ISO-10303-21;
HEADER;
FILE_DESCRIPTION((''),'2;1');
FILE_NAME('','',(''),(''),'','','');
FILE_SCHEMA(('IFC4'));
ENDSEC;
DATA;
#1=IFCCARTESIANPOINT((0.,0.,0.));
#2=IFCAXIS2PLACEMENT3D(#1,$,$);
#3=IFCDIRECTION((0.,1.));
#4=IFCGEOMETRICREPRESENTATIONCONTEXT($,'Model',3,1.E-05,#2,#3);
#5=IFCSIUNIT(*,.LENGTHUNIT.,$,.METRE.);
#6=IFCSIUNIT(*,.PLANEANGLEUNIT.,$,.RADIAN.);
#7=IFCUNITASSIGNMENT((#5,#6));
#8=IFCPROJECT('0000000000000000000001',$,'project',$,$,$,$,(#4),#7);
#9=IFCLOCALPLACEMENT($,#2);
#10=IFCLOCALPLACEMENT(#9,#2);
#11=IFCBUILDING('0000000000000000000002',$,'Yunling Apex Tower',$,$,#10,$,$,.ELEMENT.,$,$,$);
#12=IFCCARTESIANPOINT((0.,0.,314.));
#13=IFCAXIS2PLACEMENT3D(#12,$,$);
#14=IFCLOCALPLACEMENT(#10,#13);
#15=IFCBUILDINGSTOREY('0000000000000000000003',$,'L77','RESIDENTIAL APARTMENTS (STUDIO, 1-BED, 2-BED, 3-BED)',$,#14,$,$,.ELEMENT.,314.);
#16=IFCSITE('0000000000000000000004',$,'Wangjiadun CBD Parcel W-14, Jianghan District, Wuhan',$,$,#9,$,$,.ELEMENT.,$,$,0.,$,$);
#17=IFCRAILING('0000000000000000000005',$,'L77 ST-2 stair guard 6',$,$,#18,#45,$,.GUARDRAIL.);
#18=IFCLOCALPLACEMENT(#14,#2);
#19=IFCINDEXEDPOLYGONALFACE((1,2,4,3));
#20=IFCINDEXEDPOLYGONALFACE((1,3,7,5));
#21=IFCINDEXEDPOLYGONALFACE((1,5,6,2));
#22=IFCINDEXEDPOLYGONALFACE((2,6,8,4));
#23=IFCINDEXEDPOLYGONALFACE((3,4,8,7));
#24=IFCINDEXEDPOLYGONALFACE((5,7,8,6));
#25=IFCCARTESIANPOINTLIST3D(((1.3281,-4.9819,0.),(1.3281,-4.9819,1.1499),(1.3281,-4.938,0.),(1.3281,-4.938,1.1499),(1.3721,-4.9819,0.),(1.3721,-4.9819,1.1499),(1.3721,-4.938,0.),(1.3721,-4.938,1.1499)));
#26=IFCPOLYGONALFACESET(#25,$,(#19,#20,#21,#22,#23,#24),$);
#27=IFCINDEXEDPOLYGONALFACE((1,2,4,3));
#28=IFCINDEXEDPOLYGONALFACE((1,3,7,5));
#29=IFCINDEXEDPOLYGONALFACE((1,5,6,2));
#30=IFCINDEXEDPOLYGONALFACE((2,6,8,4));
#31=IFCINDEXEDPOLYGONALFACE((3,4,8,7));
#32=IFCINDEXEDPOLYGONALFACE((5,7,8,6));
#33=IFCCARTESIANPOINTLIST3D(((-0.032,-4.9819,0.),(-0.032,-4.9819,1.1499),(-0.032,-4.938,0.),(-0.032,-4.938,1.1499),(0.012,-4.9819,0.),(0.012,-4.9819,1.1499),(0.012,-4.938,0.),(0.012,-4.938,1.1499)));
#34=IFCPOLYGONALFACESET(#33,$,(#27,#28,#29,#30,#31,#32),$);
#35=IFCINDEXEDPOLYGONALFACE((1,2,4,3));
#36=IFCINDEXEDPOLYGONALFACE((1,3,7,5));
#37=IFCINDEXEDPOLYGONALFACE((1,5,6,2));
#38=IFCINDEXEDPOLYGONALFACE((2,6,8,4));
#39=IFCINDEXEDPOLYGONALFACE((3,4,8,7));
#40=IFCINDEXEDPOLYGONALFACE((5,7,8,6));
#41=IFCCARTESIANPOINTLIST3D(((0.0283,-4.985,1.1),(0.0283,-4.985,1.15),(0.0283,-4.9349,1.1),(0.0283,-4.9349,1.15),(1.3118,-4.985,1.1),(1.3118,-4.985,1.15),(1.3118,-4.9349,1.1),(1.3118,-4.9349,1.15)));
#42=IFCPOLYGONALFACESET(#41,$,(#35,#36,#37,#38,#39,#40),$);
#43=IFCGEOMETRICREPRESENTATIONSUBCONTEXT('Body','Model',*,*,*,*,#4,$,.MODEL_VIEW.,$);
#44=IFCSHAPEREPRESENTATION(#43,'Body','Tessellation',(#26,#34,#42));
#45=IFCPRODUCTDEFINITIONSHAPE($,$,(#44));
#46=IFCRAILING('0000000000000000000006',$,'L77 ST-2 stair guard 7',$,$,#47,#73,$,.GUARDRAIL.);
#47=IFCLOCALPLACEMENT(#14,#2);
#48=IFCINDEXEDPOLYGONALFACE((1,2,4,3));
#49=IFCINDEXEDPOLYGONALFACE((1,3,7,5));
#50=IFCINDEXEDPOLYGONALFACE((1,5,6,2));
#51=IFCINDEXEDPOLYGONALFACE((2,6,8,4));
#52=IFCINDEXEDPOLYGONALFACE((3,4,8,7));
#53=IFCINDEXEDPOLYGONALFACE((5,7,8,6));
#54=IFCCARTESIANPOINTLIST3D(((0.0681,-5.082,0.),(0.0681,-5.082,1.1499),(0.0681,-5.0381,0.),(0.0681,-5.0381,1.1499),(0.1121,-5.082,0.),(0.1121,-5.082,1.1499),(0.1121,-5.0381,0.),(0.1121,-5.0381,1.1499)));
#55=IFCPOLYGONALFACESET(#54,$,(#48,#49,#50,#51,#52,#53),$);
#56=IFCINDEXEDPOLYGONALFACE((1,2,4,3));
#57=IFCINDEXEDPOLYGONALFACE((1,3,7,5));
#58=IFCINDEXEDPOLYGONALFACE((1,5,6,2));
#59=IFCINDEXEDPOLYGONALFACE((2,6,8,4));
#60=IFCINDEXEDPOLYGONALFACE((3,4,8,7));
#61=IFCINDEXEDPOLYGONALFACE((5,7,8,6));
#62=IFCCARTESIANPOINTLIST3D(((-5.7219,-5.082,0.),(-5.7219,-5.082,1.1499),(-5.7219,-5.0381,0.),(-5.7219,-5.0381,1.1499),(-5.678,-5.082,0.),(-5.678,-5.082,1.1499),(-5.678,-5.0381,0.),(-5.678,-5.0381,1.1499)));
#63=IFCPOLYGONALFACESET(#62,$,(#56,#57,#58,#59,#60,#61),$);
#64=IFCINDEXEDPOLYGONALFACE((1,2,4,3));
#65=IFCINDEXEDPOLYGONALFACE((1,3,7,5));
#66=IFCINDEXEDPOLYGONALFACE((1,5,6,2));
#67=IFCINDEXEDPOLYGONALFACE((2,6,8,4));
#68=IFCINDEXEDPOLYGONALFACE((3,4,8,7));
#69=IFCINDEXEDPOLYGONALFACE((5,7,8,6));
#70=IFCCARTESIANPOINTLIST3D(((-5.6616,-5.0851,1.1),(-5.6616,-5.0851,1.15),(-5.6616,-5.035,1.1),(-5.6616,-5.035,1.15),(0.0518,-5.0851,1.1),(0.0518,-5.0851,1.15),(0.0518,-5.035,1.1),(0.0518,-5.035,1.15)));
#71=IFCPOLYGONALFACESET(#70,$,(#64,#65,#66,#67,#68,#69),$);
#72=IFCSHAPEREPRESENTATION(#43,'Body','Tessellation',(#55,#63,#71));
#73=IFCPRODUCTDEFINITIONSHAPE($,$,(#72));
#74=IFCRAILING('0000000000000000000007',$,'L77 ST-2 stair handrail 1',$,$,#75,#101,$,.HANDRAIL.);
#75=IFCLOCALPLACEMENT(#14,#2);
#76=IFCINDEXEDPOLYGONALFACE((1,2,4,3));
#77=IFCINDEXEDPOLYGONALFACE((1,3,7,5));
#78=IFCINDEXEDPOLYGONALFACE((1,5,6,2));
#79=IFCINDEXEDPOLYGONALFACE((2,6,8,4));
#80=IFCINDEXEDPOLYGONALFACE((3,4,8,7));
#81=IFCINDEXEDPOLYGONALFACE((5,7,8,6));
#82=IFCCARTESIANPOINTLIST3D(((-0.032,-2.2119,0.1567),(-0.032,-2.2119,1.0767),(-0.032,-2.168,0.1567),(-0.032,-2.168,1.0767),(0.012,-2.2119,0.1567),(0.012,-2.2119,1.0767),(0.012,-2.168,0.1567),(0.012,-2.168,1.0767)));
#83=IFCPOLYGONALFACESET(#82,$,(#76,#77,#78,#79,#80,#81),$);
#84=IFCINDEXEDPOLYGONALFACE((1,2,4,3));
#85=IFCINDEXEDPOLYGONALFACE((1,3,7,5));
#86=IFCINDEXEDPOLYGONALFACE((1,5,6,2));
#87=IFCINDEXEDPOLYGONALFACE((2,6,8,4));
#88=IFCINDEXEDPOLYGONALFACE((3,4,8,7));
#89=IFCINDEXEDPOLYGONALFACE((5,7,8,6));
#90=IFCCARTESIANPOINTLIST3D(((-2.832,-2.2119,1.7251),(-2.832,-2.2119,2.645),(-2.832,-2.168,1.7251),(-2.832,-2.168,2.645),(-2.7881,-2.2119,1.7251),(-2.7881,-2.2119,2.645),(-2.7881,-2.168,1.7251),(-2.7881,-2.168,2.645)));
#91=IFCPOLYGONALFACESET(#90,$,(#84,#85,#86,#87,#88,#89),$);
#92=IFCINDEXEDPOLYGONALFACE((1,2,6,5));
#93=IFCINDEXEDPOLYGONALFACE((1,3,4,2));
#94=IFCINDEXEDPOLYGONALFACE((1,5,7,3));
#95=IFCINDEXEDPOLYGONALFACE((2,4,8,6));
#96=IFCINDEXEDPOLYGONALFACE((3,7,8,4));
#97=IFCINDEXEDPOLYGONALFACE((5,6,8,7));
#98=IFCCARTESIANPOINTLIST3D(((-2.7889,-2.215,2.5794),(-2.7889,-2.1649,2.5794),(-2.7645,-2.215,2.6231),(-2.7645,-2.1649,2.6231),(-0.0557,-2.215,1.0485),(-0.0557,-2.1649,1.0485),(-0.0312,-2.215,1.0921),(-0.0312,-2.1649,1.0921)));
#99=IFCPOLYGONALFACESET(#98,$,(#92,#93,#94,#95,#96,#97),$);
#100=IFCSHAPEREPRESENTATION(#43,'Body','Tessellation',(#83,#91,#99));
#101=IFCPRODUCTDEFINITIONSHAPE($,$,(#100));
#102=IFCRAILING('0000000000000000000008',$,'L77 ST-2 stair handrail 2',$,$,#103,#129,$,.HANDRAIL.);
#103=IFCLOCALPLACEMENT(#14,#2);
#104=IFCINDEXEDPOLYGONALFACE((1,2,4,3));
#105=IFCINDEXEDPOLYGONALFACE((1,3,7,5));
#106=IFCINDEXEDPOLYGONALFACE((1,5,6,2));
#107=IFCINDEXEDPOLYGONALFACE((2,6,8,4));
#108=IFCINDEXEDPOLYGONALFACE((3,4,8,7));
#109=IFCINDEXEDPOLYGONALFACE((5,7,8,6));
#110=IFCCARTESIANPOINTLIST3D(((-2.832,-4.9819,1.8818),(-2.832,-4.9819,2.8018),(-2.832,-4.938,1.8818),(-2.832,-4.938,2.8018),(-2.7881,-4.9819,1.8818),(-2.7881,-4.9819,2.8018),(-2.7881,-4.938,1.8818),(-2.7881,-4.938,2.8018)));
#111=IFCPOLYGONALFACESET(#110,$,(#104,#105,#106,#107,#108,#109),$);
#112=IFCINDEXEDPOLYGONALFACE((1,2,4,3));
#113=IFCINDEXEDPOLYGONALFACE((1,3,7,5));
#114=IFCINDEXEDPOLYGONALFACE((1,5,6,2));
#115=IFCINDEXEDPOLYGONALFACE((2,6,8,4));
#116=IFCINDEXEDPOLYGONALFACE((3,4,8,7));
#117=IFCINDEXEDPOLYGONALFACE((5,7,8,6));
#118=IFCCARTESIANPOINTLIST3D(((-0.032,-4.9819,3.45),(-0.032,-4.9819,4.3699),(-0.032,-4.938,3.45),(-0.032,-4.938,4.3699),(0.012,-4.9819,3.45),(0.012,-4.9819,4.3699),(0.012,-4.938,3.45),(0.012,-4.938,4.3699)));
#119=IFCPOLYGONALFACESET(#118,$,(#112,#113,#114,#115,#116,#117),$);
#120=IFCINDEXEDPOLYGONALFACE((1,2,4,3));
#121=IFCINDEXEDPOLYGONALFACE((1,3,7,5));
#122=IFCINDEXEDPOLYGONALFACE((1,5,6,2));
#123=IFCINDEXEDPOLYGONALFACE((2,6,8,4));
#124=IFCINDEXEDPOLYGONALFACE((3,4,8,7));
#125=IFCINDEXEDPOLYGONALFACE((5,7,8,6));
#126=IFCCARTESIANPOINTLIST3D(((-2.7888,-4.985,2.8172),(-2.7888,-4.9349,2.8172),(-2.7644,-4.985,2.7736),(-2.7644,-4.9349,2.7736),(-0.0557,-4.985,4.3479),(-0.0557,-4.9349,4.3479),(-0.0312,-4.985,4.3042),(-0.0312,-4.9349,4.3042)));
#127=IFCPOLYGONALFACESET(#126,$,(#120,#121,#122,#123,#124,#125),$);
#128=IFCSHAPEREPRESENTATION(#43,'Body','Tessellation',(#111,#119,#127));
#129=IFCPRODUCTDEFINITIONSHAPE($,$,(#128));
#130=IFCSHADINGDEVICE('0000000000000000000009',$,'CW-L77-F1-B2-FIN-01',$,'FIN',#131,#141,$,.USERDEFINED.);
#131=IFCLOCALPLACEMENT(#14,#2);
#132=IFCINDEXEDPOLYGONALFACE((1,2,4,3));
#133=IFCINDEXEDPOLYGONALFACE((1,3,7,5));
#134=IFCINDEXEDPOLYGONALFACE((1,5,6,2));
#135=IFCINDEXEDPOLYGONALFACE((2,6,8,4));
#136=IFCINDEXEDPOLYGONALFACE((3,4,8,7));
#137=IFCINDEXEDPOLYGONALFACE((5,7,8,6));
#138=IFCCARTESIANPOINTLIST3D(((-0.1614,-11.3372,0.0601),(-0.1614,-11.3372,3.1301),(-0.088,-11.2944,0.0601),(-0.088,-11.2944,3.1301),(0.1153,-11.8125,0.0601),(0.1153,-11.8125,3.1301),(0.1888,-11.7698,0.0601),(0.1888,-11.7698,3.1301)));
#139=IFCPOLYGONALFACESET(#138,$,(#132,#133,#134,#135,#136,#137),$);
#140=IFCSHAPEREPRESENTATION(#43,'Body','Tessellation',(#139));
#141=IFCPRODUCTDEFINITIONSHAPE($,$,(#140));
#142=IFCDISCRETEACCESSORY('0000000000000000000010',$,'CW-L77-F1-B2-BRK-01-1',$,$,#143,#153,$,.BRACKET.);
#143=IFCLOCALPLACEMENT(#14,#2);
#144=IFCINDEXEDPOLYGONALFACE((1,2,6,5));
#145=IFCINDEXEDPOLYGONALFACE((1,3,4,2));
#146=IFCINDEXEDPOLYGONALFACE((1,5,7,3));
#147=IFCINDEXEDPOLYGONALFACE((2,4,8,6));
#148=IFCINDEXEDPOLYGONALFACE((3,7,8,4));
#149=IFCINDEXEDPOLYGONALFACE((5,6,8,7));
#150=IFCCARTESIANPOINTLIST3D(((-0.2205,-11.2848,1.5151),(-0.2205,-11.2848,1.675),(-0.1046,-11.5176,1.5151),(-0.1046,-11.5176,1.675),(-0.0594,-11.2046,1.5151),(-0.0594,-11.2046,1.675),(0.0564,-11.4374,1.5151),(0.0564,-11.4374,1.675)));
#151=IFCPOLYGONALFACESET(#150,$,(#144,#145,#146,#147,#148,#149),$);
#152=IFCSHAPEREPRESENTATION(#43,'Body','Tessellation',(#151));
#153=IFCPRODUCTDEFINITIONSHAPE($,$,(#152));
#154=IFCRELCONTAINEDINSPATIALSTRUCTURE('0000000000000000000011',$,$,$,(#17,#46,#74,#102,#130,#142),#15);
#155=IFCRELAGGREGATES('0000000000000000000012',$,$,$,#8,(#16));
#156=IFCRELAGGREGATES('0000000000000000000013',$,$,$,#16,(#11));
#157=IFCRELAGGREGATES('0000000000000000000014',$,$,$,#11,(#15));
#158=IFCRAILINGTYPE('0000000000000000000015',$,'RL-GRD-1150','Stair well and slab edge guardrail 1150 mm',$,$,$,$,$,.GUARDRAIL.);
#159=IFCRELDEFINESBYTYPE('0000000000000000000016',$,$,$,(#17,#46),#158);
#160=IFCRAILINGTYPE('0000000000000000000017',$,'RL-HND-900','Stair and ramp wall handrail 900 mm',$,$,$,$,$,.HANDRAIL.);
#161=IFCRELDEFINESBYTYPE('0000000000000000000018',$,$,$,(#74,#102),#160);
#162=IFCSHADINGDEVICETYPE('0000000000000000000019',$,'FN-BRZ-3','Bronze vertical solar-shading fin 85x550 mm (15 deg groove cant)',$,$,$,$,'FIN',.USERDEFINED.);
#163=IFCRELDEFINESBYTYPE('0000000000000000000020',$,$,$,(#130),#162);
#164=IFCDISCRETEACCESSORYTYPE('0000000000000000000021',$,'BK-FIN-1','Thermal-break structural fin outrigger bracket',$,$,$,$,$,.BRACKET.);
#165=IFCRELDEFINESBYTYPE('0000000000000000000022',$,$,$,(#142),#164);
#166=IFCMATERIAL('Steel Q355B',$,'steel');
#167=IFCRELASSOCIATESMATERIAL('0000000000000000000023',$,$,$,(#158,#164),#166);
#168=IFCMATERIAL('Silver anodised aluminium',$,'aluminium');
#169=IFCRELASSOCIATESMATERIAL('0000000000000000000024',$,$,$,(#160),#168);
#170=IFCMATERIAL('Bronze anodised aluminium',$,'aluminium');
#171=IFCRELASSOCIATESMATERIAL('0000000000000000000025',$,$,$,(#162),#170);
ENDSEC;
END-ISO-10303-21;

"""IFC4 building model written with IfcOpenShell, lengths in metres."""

from ifc_helpers import new_model, si_unit, direction, frame, origin, origin_2d, place, context, subcontext, project, spatial, rectangle, extrude, source, transform, mapped, material, material_profile, profile_set, type_object, element, save


model = new_model("IFC4")

# Units and contexts
model_context = context("Model", 3, precision=1e-05, world=origin(), true_north=direction((0.0, 1.0)))
body_context = subcontext(model_context, "Body", "Model", "MODEL_VIEW")
ifc_project = project(units=[si_unit("LENGTHUNIT", "METRE"), si_unit("PLANEANGLEUNIT", "RADIAN")], contexts=[model_context])

# Site, building, storey
site_placement = place(None, origin())
site = spatial("IfcSite", under=ifc_project, at=site_placement, Name="Wangjiadun CBD Parcel W-14, Jianghan District, Wuhan", CompositionType="ELEMENT", RefElevation=0.0)
building_placement = place(site_placement, origin())
building = spatial("IfcBuilding", under=site, at=building_placement, Name="Yunling Apex Tower", CompositionType="ELEMENT")
storey_placement = place(building_placement, frame((0.0, 0.0, 314.0)))
storey = spatial("IfcBuildingStorey", under=building, at=storey_placement, Name="L77", Description="RESIDENTIAL APARTMENTS (STUDIO, 1-BED, 2-BED, 3-BED)", CompositionType="ELEMENT", Elevation=314.0)

# Shared definitions
ifc_material_1 = material(Name="Steel Q355B", Category="steel")

# Shared definitions
ifc_material_2 = material(Name="Bronze anodised aluminium", Category="aluminium")

# Railings
railing_type_1 = type_object("IfcRailingType", Name="RL-GRD-1150", Description="Stair well and slab edge guardrail 1150 mm", PredefinedType="GUARDRAIL", material=ifc_material_1)
railing_1_placement = place(storey_placement, frame((1.3501, -4.96, 0.0)))
element("IfcRailing", 1, at=railing_1_placement, inside=storey, type_object=railing_type_1, Name="L77 ST-2 stair guard 6", PredefinedType="GUARDRAIL", context=body_context, shape_type="SweptSolid", body=[
    extrude(rectangle(XDim=0.0439, YDim=0.0439, at=origin_2d()), origin(), (0.0, 0.0, 1.0), 1.1499),
    extrude(rectangle(XDim=0.0439, YDim=0.0439, at=origin_2d()), frame((-1.3601, 0.0, 0.0)), (0.0, 0.0, 1.0), 1.1499),
    extrude(rectangle(XDim=0.05, YDim=0.05, at=origin_2d()), frame((-0.0383, 0.0, 1.125), z_axis=(-1.0, 0.0, 0.0), x_axis=(0.0, -1.0, 0.0)), (0.0, 0.0, 1.0), 1.2834),
])
railing_2_placement = place(storey_placement, frame((0.0901, -5.0601, 0.0)))
element("IfcRailing", 2, at=railing_2_placement, inside=storey, type_object=railing_type_1, Name="L77 ST-2 stair guard 7", PredefinedType="GUARDRAIL", context=body_context, shape_type="SweptSolid", body=[
    extrude(rectangle(XDim=0.0439, YDim=0.0439, at=origin_2d()), origin(), (0.0, 0.0, 1.0), 1.1499),
    extrude(rectangle(XDim=0.0439, YDim=0.0439, at=origin_2d()), frame((-5.79, 0.0, 0.0)), (0.0, 0.0, 1.0), 1.1499),
    extrude(rectangle(XDim=0.05, YDim=0.05, at=origin_2d()), frame((-0.0383, 0.0, 1.125), z_axis=(-1.0, 0.0, 0.0), x_axis=(0.0, -1.0, 0.0)), (0.0, 0.0, 1.0), 5.7134),
])
ifc_material_3 = material(Name="Silver anodised aluminium", Category="aluminium")
railing_type_2 = type_object("IfcRailingType", Name="RL-HND-900", Description="Stair and ramp wall handrail 900 mm", PredefinedType="HANDRAIL", material=ifc_material_3)
railing_3_placement = place(storey_placement, frame((-0.01, -2.1899, 0.1567)))
element("IfcRailing", 3, at=railing_3_placement, inside=storey, type_object=railing_type_2, Name="L77 ST-2 stair handrail 1", PredefinedType="HANDRAIL", context=body_context, shape_type="SweptSolid", body=[
    extrude(rectangle(XDim=0.0439, YDim=0.0439, at=origin_2d()), origin(), (0.0, 0.0, 1.0), 0.9199),
    extrude(rectangle(XDim=0.0439, YDim=0.0439, at=origin_2d()), frame((-2.8, 0.0, 1.5684)), (0.0, 0.0, 1.0), 0.9199),
    extrude(rectangle(XDim=0.05, YDim=0.05, at=origin_2d()), frame((-0.0334, 0.0, 0.9136), z_axis=(-0.872462, 0.0, 0.488682), x_axis=(0.0, -1.0, 0.0)), (0.0, 0.0, 1.0), 3.1328),
])
railing_4_placement = place(storey_placement, frame((-2.8101, -4.96, 1.8818)))
element("IfcRailing", 4, at=railing_4_placement, inside=storey, type_object=railing_type_2, Name="L77 ST-2 stair handrail 2", PredefinedType="HANDRAIL", context=body_context, shape_type="SweptSolid", body=[
    extrude(rectangle(XDim=0.0439, YDim=0.0439, at=origin_2d()), origin(), (0.0, 0.0, 1.0), 0.9199),
    extrude(rectangle(XDim=0.0439, YDim=0.0439, at=origin_2d()), frame((2.8, 0.0, 1.5681)), (0.0, 0.0, 1.0), 0.9199),
    extrude(rectangle(XDim=0.05, YDim=0.05, at=origin_2d()), frame((0.0334, 0.0, 0.9136), z_axis=(0.872494, 0.0, 0.488624), x_axis=(0.0, 1.0, 0.0)), (0.0, 0.0, 1.0), 3.1326),
])

# Shading device
ifc_material_profile_1 = material_profile(ifc_material_2, rectangle(XDim=0.085, YDim=0.55, at=origin_2d()))
ifc_profile_set_1 = profile_set([ifc_material_profile_1], Name="Bronze anodised aluminium")
shading_device_type = type_object("IfcShadingDeviceType", Name="FN-BRZ-3", Description="Bronze vertical solar-shading fin 85x550 mm (15 deg groove cant)", ElementType="FIN", PredefinedType="USERDEFINED", material=ifc_profile_set_1)
shared_shape_1 = source(origin(), body_context, "Body", "SweptSolid", [
    extrude(rectangle(XDim=0.085, YDim=0.55, at=origin_2d()), origin(), (0.0, 0.0, 1.0), 3.0701),
])
shading_device_placement = place(storey_placement, frame((0.0137, -11.5535, 0.0601), z_axis=(0.0, 0.0, 1.0), x_axis=(0.864187, 0.503171, 0.0)))
element("IfcShadingDevice", 5, at=shading_device_placement, inside=storey, type_object=shading_device_type, Name="CW-L77-F1-B2-FIN-01", ObjectType="FIN", PredefinedType="USERDEFINED", context=body_context, shape_type="MappedRepresentation", body=[
    mapped(shared_shape_1, transform((0.0, 0.0, 0.0), scale=1.0)),
])

# Discrete accessory
discrete_accessory_type = type_object("IfcDiscreteAccessoryType", Name="BK-FIN-1", Description="Thermal-break structural fin outrigger bracket", PredefinedType="BRACKET", material=ifc_material_1)
shared_shape_2 = source(origin(), body_context, "Body", "SweptSolid", [
    extrude(rectangle(XDim=0.1799, YDim=0.26, at=origin_2d()), origin(), (0.0, 0.0, 1.0), 0.1599),
])
discrete_accessory_placement = place(storey_placement, frame((-0.082, -11.3611, 1.5151), z_axis=(0.0, 0.0, 1.0), x_axis=(0.895246, 0.445573, 0.0)))
element("IfcDiscreteAccessory", 6, at=discrete_accessory_placement, inside=storey, type_object=discrete_accessory_type, Name="CW-L77-F1-B2-BRK-01-1", PredefinedType="BRACKET", context=body_context, shape_type="MappedRepresentation", body=[
    mapped(shared_shape_2, transform((0.0, 0.0, 0.0), scale=1.0)),
])

save(model, "model.ifc")
